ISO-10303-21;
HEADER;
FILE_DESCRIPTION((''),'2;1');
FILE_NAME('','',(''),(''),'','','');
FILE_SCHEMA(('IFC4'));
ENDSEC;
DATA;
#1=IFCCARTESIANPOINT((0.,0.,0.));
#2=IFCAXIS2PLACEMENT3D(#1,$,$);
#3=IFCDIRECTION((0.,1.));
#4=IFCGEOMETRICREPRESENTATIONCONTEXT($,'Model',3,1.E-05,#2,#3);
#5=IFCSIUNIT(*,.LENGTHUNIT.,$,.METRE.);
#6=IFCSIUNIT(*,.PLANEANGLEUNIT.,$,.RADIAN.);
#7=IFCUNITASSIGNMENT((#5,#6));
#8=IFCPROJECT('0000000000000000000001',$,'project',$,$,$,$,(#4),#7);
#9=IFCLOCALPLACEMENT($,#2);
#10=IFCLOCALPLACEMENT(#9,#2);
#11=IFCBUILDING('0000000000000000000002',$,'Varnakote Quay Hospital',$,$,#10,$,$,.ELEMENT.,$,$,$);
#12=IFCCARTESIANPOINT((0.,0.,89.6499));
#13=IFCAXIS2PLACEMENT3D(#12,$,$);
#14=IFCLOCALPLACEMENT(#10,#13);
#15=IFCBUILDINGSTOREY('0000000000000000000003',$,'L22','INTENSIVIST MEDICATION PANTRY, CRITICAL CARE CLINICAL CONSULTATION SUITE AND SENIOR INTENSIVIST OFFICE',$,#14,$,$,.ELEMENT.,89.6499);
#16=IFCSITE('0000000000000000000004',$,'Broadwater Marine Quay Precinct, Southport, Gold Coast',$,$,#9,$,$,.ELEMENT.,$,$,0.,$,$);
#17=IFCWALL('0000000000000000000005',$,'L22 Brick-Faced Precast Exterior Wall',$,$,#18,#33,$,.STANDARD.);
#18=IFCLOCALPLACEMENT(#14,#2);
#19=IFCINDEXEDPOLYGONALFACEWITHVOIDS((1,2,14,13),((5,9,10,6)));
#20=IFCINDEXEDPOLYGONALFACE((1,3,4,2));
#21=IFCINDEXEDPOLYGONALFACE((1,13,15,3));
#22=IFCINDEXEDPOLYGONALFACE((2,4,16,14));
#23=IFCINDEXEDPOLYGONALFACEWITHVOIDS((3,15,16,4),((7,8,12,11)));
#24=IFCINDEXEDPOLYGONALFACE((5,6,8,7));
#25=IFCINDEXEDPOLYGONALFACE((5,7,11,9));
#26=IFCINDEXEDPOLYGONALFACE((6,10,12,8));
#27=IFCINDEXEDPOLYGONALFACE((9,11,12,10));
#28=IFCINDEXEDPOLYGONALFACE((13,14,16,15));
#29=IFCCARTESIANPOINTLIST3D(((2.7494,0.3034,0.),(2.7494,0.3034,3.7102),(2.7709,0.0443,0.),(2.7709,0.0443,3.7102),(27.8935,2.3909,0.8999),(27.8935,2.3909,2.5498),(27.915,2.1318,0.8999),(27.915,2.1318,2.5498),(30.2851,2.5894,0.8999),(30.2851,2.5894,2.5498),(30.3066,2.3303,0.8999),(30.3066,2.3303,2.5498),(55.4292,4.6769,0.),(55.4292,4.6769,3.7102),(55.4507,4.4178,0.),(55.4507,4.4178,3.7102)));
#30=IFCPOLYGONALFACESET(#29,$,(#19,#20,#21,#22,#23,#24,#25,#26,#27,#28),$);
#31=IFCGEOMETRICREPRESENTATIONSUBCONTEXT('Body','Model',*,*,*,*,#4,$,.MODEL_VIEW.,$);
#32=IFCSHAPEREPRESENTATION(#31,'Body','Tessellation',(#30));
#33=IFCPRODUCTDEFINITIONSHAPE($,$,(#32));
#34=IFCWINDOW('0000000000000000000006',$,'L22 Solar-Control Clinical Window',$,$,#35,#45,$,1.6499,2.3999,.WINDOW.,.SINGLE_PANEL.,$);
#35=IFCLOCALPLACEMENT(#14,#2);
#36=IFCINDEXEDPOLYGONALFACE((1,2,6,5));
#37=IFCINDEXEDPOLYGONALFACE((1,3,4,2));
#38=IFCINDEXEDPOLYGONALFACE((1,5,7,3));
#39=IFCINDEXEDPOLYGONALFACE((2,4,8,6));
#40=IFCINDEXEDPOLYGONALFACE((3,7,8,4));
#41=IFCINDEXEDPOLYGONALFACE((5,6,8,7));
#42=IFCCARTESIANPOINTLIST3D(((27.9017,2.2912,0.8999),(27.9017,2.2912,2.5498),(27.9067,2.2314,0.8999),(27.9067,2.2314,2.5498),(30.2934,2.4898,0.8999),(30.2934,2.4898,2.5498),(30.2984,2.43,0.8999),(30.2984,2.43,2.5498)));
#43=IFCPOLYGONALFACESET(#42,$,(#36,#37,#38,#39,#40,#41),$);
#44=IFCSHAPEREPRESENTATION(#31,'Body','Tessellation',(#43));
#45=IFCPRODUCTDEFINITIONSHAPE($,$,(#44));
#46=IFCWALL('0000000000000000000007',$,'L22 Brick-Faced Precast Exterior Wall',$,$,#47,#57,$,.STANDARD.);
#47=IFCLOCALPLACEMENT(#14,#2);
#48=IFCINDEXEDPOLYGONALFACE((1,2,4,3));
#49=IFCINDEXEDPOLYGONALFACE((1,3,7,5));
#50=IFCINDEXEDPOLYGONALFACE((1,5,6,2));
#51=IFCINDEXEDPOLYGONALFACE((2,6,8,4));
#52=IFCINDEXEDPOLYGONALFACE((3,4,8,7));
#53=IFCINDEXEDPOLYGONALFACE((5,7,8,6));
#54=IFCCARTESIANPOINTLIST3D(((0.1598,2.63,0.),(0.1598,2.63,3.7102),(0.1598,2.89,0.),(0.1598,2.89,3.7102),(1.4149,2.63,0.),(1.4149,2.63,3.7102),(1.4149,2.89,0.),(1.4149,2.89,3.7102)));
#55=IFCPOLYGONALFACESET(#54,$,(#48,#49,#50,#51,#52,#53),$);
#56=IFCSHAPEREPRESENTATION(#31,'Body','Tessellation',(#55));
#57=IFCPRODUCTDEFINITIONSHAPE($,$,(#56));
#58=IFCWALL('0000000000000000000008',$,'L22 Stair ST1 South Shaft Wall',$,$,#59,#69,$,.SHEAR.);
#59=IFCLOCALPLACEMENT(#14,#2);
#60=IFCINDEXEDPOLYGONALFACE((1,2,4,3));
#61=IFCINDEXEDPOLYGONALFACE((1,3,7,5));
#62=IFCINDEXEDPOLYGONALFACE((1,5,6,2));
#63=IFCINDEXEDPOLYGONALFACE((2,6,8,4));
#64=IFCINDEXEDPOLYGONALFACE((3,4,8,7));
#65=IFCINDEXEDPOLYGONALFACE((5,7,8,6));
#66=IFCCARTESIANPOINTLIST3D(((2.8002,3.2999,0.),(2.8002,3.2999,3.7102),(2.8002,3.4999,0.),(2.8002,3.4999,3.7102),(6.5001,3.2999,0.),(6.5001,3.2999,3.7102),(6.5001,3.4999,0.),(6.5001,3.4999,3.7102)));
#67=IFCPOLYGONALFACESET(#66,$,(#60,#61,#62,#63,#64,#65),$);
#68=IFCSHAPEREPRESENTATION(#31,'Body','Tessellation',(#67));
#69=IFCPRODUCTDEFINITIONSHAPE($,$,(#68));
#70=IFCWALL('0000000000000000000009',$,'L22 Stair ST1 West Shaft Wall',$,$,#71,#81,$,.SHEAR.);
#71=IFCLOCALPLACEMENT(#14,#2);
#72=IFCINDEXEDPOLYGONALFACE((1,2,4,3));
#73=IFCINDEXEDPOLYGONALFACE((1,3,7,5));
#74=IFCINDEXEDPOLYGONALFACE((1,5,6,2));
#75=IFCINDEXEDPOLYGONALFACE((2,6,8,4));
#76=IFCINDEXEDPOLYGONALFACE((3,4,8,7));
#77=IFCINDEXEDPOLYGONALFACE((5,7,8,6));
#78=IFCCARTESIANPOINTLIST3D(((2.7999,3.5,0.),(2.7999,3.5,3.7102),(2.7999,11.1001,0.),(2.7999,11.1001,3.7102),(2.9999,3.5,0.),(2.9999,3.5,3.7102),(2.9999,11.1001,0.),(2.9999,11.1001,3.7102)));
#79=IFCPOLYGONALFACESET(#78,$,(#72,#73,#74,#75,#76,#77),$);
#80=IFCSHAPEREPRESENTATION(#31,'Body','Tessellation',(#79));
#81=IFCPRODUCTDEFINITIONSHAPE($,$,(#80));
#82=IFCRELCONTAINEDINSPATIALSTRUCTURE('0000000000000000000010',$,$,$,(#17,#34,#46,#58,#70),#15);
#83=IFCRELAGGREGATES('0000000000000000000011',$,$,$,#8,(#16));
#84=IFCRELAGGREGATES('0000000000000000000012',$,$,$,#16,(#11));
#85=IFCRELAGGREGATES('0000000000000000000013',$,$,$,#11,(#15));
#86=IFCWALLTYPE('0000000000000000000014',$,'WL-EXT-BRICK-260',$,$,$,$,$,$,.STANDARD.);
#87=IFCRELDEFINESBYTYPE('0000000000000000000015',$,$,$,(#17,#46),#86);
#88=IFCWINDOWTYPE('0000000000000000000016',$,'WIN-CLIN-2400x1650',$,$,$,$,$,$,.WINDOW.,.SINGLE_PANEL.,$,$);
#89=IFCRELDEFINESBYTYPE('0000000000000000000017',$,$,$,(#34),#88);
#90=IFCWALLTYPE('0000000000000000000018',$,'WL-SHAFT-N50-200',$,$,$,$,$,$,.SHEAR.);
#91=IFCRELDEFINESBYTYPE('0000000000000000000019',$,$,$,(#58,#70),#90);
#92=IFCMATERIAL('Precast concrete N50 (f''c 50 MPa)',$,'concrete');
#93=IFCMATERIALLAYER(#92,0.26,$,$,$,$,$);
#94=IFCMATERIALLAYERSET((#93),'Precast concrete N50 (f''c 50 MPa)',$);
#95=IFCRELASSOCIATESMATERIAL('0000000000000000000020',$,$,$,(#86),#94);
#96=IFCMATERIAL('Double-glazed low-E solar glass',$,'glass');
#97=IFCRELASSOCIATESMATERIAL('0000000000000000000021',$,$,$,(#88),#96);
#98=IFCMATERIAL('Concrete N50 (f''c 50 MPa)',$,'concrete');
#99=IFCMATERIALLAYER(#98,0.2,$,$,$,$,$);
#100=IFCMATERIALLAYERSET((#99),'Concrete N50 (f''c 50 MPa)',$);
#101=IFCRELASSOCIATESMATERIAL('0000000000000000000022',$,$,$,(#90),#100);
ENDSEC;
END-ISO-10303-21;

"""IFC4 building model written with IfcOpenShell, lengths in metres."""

from ifc_helpers import new_model, si_unit, direction, frame, frame_2d, origin, place, context, subcontext, project, spatial, rectangle, extrude, material, layer, layer_set, type_object, element, fill, save


model = new_model("IFC4")

# Units and contexts
model_context = context("Model", 3, precision=1e-05, world=origin(), true_north=direction((0.0, 1.0)))
body_context = subcontext(model_context, "Body", "Model", "MODEL_VIEW")
ifc_project = project(units=[si_unit("LENGTHUNIT", "METRE"), si_unit("PLANEANGLEUNIT", "RADIAN")], contexts=[model_context])

# Site, building, storey
site_placement = place(None, origin())
site = spatial("IfcSite", under=ifc_project, at=site_placement, Name="Broadwater Marine Quay Precinct, Southport, Gold Coast", CompositionType="ELEMENT", RefElevation=0.0)
building_placement = place(site_placement, origin())
building = spatial("IfcBuilding", under=site, at=building_placement, Name="Varnakote Quay Hospital", CompositionType="ELEMENT")
storey_placement = place(building_placement, frame((0.0, 0.0, 89.6499)))
storey = spatial("IfcBuildingStorey", under=building, at=storey_placement, Name="L22", Description="INTENSIVIST MEDICATION PANTRY, CRITICAL CARE CLINICAL CONSULTATION SUITE AND SENIOR INTENSIVIST OFFICE", CompositionType="ELEMENT", Elevation=89.6499)

# Shared definitions
ifc_material_1 = material(Name="Precast concrete N50 (f'c 50 MPa)", Category="concrete")
ifc_layer_1 = layer(ifc_material_1, 0.26)
ifc_layer_set_1 = layer_set([ifc_layer_1], Name="Precast concrete N50 (f'c 50 MPa)")
wall_type_1 = type_object("IfcWallType", Name="WL-EXT-BRICK-260", PredefinedType="STANDARD", material=ifc_layer_set_1)

# Wall, opening, window
wall_1_placement = place(storey_placement, frame((2.76, 0.1738, 0.0), z_axis=(0.0, 0.0, 1.0), x_axis=(0.996571, 0.082736, 0.0)))
wall_1 = element("IfcWall", 1, at=wall_1_placement, inside=storey, type_object=wall_type_1, Name="L22 Brick-Faced Precast Exterior Wall", PredefinedType="STANDARD", context=body_context, shape_type="SweptSolid", body=[
    extrude(rectangle(XDim=52.8611, YDim=0.26, at=frame_2d((26.4307, 0.0))), origin(), (0.0, 0.0, 1.0), 3.7102),
])
opening_1_placement = place(wall_1_placement, frame((25.2307, 0.0, 0.8999)))
opening_1 = element("IfcOpeningElement", 2, at=opening_1_placement, cuts=wall_1, PredefinedType="OPENING", context=body_context, shape_type="SweptSolid", body=[
    extrude(rectangle(XDim=2.3999, YDim=1.6499, at=frame_2d((1.2, 0.825))), frame((0.0, 0.1399, 0.0), z_axis=(0.0, -1.0, 0.0), x_axis=(1.0, 0.0, 0.0)), (0.0, 0.0, 1.0), 0.28),
])
ifc_material_2 = material(Name="Double-glazed low-E solar glass", Category="glass")
window_type = type_object("IfcWindowType", Name="WIN-CLIN-2400x1650", PartitioningType="SINGLE_PANEL", PredefinedType="WINDOW", material=ifc_material_2)
window_placement = place(opening_1_placement, origin())
window = element("IfcWindow", 3, at=window_placement, inside=storey, type_object=window_type, Name="L22 Solar-Control Clinical Window", OverallHeight=1.6499, OverallWidth=2.3999, PartitioningType="SINGLE_PANEL", PredefinedType="WINDOW", context=body_context, shape_type="SweptSolid", body=[
    extrude(rectangle(XDim=2.3999, YDim=1.6499, at=frame_2d((1.2, 0.825))), frame((0.0, 0.03, 0.0), z_axis=(0.0, -1.0, 0.0), x_axis=(1.0, 0.0, 0.0)), (0.0, 0.0, 1.0), 0.0601),
])
fill(opening_1, window)

# Walls
wall_2_placement = place(storey_placement, frame((0.1599, 2.76, 0.0), z_axis=(0.0, 0.0, 1.0), x_axis=(1.0, 0.0, 0.0)))
element("IfcWall", 4, at=wall_2_placement, inside=storey, type_object=wall_type_1, Name="L22 Brick-Faced Precast Exterior Wall", PredefinedType="STANDARD", context=body_context, shape_type="SweptSolid", body=[
    extrude(rectangle(XDim=1.2551, YDim=0.26, at=frame_2d((0.6274, 0.0))), origin(), (0.0, 0.0, 1.0), 3.7102),
])
ifc_material_3 = material(Name="Concrete N50 (f'c 50 MPa)", Category="concrete")
ifc_layer_2 = layer(ifc_material_3, 0.2)
ifc_layer_set_2 = layer_set([ifc_layer_2], Name="Concrete N50 (f'c 50 MPa)")
wall_type_2 = type_object("IfcWallType", Name="WL-SHAFT-N50-200", PredefinedType="SHEAR", material=ifc_layer_set_2)
wall_3_placement = place(storey_placement, frame((2.8, 3.3999, 0.0), z_axis=(0.0, 0.0, 1.0), x_axis=(1.0, 0.0, 0.0)))
element("IfcWall", 5, at=wall_3_placement, inside=storey, type_object=wall_type_2, Name="L22 Stair ST1 South Shaft Wall", PredefinedType="SHEAR", context=body_context, shape_type="SweptSolid", body=[
    extrude(rectangle(XDim=3.7, YDim=0.2, at=frame_2d((1.8501, 0.0))), origin(), (0.0, 0.0, 1.0), 3.7102),
])
wall_4_placement = place(storey_placement, frame((2.8999, 3.5, 0.0), z_axis=(0.0, 0.0, 1.0), x_axis=(0.0, 1.0, 0.0)))
element("IfcWall", 6, at=wall_4_placement, inside=storey, type_object=wall_type_2, Name="L22 Stair ST1 West Shaft Wall", PredefinedType="SHEAR", context=body_context, shape_type="SweptSolid", body=[
    extrude(rectangle(XDim=7.6001, YDim=0.2, at=frame_2d((3.8, 0.0))), origin(), (0.0, 0.0, 1.0), 3.7102),
])

save(model, "model.ifc")
